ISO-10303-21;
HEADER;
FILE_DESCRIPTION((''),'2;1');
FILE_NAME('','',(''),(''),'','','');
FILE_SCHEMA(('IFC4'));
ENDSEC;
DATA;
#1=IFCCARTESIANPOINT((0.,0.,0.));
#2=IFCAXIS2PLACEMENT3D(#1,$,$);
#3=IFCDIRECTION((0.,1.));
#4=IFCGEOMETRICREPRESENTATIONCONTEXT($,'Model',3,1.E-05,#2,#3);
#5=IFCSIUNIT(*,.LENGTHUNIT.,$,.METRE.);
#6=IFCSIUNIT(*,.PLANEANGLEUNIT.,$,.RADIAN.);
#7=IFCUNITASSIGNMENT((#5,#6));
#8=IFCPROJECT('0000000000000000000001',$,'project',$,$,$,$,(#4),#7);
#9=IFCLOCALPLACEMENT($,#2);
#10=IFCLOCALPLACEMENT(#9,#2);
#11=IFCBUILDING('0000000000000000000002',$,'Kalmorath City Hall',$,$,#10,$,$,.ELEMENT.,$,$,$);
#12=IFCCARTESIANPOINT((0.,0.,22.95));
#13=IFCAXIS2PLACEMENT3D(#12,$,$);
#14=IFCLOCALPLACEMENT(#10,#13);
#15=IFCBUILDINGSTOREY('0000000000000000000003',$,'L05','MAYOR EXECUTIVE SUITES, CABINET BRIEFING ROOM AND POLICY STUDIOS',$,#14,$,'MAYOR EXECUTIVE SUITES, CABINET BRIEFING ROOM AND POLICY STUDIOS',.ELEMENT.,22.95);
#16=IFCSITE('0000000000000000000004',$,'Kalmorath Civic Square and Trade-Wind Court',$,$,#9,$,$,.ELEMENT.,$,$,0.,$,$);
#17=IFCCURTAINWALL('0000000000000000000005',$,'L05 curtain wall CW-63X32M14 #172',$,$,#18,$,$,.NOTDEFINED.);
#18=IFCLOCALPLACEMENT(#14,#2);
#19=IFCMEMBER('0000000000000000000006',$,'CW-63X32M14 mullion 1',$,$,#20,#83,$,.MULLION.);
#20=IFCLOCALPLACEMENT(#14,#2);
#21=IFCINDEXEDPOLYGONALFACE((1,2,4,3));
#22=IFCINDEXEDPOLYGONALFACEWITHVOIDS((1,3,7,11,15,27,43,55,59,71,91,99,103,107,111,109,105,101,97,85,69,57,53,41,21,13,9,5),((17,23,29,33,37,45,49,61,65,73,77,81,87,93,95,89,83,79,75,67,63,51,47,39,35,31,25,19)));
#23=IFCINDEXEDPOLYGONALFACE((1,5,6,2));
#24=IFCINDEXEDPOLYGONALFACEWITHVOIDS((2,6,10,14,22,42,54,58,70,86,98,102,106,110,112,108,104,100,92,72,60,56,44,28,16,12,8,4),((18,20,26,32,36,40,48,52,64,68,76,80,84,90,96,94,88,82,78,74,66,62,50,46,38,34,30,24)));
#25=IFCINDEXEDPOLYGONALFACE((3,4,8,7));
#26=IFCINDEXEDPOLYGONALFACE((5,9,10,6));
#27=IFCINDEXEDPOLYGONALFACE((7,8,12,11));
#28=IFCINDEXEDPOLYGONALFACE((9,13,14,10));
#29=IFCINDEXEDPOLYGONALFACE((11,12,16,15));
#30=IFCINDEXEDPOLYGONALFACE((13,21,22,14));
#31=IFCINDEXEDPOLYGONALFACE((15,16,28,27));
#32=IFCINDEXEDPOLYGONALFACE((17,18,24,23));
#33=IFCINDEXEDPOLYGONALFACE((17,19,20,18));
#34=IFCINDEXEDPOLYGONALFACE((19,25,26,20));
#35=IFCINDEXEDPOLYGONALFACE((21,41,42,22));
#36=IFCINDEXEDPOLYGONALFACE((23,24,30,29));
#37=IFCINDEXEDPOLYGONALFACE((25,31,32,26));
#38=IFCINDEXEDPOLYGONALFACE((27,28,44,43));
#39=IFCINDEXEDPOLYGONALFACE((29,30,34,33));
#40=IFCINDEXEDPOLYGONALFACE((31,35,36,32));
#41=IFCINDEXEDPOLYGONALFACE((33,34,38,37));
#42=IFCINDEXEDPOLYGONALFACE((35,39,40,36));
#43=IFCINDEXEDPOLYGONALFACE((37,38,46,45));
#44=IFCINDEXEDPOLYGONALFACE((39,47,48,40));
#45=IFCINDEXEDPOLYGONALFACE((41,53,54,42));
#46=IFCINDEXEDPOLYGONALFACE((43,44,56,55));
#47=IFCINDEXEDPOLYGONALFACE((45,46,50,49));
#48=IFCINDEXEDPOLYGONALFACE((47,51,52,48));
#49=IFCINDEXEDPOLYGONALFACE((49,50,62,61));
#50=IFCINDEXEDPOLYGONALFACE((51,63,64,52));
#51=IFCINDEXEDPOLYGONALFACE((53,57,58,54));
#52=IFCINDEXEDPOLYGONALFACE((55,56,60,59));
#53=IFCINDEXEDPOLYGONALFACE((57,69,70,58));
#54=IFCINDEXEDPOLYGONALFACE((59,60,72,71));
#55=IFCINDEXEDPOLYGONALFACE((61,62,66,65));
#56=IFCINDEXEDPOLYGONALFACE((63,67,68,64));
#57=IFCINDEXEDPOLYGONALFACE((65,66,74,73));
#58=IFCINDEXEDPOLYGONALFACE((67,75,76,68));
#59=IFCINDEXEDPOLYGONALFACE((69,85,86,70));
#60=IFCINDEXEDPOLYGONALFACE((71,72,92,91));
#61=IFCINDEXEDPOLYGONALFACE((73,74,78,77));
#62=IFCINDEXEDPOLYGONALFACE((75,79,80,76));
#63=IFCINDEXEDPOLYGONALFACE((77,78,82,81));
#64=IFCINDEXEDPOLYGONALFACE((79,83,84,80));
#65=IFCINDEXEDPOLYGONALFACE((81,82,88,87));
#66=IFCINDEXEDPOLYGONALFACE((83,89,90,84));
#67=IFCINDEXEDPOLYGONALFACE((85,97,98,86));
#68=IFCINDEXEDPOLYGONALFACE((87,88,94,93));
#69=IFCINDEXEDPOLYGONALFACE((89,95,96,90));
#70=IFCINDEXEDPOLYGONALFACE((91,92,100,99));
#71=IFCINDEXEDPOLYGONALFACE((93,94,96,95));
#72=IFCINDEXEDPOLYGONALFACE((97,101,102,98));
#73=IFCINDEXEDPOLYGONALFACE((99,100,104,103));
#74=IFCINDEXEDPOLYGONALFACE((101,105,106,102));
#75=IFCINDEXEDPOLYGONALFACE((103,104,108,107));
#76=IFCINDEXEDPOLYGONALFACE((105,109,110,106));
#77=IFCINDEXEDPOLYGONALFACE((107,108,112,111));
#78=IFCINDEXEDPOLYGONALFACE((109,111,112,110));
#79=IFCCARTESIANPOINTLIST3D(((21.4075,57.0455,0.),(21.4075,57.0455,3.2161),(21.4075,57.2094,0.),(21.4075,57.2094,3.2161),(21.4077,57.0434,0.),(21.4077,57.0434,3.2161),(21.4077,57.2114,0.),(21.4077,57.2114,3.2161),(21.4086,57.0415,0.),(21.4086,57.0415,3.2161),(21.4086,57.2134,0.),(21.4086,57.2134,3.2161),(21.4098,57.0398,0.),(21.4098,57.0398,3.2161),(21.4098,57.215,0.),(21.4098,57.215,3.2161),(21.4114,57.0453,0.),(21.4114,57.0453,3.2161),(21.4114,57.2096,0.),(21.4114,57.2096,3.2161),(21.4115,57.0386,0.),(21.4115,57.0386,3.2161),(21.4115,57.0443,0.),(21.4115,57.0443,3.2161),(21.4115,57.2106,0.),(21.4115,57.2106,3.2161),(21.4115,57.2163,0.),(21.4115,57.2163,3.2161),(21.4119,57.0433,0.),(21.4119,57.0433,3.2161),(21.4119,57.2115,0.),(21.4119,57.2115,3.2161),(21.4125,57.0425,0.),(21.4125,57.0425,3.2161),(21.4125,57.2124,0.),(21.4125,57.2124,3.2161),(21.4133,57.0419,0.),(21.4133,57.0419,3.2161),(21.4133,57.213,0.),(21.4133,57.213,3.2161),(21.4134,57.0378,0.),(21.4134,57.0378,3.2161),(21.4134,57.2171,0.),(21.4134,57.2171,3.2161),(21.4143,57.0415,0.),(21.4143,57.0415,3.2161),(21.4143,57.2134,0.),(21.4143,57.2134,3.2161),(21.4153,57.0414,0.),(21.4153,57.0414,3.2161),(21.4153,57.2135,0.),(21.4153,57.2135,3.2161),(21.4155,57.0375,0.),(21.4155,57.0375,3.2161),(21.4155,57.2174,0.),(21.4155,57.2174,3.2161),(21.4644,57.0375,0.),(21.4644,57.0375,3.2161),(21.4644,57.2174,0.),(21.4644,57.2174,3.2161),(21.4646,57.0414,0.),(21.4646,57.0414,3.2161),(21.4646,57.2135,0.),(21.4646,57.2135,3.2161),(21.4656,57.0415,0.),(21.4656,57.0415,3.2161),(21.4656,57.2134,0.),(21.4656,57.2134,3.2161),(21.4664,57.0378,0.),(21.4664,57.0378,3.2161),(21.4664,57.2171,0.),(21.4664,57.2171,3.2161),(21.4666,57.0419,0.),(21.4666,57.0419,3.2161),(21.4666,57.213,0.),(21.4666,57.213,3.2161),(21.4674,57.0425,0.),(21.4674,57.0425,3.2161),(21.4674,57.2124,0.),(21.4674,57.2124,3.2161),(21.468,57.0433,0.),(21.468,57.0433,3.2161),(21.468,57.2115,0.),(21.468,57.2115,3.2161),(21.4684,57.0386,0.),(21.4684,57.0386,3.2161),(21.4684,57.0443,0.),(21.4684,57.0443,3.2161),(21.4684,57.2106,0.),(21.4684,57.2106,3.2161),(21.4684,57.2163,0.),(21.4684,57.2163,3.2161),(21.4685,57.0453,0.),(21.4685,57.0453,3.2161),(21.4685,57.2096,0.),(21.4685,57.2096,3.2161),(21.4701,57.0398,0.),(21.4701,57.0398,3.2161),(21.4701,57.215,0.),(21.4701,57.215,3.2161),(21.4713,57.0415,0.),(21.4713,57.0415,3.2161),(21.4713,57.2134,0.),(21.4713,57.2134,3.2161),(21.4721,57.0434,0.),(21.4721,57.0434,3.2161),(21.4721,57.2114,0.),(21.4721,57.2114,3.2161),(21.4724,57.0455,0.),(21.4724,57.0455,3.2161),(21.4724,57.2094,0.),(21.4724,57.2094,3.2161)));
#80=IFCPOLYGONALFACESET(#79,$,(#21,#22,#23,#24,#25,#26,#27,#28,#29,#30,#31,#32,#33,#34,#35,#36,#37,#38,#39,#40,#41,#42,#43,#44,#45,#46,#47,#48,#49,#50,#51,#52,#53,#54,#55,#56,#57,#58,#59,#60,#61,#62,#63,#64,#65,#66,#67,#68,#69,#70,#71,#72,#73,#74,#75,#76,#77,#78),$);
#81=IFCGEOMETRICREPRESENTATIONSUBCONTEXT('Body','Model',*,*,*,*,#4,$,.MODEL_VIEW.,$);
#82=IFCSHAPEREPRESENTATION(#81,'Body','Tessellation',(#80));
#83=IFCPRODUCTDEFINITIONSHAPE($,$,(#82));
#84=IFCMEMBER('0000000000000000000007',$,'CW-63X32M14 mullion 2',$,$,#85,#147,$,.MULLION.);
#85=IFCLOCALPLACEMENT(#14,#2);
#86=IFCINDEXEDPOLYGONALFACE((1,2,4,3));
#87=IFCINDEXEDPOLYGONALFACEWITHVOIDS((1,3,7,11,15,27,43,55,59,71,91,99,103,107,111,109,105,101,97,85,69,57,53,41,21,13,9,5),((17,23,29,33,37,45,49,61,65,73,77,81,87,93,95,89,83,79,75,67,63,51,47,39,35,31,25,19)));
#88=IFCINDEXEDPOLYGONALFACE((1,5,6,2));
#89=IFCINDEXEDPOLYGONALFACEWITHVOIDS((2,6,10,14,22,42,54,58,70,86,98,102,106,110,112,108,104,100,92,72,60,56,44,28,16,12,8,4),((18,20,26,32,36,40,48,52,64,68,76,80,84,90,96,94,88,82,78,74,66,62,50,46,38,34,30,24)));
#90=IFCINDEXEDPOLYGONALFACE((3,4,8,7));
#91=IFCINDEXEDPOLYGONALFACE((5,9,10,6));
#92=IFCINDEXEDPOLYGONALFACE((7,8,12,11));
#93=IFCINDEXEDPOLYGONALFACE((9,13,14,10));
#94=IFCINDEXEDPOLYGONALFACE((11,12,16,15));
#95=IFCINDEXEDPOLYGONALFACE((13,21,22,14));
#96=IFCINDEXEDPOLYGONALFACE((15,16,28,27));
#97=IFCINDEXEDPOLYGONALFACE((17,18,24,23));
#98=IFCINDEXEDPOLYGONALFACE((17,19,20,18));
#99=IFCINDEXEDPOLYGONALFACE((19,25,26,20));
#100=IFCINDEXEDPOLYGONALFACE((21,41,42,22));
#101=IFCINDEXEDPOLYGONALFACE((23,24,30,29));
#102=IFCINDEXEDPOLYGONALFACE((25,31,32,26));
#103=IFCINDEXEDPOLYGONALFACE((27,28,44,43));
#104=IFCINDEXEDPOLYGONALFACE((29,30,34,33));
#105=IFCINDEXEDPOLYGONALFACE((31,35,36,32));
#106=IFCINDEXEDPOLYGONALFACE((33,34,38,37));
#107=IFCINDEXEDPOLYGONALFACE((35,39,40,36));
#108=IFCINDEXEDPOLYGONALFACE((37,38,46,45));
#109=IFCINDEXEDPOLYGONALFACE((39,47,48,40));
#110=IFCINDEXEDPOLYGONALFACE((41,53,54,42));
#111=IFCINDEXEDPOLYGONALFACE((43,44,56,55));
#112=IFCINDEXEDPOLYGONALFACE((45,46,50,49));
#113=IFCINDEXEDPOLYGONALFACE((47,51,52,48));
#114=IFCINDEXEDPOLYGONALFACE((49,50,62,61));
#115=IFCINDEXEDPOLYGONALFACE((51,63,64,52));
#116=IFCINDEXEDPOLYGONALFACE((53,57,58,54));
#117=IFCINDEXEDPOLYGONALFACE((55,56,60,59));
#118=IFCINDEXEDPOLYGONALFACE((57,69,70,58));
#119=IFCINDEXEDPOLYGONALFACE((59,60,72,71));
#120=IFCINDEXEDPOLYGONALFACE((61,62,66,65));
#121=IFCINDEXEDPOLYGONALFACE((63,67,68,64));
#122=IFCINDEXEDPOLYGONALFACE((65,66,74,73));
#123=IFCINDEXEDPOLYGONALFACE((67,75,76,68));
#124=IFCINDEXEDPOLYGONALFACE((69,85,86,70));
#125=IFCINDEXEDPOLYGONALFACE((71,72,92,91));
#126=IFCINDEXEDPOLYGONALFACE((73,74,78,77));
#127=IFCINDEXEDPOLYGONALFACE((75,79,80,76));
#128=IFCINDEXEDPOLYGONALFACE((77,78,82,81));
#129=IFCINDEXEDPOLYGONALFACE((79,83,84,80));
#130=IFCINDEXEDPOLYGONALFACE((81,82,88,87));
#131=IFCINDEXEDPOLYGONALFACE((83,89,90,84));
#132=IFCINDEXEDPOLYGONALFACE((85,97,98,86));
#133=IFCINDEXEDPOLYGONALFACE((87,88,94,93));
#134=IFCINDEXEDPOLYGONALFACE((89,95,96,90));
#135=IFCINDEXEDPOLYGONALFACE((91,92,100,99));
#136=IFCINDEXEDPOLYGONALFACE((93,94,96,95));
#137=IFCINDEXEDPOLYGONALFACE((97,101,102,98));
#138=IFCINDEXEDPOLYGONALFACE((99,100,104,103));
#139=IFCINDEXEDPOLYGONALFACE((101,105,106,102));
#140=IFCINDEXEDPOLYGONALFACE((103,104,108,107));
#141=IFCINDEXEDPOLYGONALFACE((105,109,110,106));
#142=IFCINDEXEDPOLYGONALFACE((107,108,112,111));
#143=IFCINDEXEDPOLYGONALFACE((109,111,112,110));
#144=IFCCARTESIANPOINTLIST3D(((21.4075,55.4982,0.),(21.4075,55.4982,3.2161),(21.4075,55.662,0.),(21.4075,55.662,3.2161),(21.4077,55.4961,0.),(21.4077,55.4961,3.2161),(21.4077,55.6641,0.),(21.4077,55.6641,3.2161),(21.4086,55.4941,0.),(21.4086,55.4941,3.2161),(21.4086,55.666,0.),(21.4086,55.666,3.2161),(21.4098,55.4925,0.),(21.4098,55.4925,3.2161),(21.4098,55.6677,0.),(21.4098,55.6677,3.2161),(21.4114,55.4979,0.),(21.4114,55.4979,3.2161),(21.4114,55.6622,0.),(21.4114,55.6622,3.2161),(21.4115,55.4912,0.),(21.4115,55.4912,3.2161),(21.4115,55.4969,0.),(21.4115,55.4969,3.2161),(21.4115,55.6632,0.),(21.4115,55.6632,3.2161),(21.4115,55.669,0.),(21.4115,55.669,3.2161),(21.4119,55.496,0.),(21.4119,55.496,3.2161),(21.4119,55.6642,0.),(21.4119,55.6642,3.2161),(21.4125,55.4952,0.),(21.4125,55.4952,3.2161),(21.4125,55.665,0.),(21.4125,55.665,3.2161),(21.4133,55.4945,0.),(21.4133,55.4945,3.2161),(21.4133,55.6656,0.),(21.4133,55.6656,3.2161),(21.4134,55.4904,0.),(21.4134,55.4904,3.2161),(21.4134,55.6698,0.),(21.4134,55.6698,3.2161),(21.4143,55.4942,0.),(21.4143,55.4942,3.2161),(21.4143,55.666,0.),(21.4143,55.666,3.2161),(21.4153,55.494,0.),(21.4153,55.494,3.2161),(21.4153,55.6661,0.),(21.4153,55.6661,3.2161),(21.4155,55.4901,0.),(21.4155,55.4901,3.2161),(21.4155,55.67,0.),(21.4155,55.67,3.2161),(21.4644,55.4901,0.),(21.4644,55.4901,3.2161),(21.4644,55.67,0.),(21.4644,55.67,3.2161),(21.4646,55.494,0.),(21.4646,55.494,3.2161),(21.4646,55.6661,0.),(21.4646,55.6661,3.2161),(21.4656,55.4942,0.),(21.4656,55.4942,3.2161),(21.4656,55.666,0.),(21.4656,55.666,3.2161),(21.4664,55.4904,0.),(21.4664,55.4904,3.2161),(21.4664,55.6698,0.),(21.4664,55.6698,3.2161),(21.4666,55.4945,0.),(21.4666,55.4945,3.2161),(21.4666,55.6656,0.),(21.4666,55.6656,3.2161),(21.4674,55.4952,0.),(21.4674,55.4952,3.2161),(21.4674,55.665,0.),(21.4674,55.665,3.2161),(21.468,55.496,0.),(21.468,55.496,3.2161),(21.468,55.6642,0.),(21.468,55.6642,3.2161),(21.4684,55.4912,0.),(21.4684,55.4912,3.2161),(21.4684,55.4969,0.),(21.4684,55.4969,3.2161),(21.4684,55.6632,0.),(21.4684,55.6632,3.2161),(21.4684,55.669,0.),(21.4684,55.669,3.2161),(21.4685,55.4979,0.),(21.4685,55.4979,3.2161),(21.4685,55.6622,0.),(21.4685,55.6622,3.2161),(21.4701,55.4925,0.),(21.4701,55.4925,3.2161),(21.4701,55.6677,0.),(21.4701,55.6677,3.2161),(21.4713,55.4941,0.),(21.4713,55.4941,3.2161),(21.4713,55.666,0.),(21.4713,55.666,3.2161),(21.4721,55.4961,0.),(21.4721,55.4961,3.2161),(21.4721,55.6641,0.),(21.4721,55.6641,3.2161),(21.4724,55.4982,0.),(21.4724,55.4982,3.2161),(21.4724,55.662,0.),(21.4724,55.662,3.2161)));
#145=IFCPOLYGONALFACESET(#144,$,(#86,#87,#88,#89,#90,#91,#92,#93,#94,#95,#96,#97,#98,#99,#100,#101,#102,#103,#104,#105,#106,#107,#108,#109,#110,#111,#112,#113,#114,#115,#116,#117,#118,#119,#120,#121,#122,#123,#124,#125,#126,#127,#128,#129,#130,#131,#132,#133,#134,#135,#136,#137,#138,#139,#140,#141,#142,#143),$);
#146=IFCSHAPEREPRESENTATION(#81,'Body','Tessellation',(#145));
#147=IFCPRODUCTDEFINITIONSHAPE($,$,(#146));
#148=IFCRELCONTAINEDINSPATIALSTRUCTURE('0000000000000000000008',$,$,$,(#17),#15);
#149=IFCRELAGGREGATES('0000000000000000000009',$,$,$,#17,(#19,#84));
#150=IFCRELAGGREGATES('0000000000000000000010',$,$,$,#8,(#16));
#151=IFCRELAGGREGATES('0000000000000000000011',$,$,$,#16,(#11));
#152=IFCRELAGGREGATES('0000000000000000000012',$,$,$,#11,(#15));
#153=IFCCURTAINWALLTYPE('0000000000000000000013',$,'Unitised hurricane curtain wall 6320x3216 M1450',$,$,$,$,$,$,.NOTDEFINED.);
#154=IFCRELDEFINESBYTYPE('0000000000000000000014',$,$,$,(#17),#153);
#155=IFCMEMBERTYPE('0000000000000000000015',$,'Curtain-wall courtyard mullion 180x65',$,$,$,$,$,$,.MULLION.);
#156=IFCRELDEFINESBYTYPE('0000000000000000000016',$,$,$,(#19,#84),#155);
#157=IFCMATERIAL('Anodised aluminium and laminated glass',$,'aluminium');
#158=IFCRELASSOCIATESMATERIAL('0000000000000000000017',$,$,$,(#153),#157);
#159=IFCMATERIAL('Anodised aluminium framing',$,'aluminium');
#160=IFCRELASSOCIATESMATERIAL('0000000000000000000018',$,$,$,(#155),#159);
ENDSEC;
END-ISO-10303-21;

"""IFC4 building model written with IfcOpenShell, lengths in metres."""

from ifc_helpers import new_model, si_unit, direction, frame, origin, origin_2d, place, context, subcontext, project, spatial, hollow_rectangle, extrude, material, material_profile, profile_set, type_object, element, aggregate, save


model = new_model("IFC4")

# Units and contexts
model_context = context("Model", 3, precision=1e-05, world=origin(), true_north=direction((0.0, 1.0)))
body_context = subcontext(model_context, "Body", "Model", "MODEL_VIEW")
ifc_project = project(units=[si_unit("LENGTHUNIT", "METRE"), si_unit("PLANEANGLEUNIT", "RADIAN")], contexts=[model_context])

# Site, building, storey
site_placement = place(None, origin())
site = spatial("IfcSite", under=ifc_project, at=site_placement, Name="Kalmorath Civic Square and Trade-Wind Court", CompositionType="ELEMENT", RefElevation=0.0)
building_placement = place(site_placement, origin())
building = spatial("IfcBuilding", under=site, at=building_placement, Name="Kalmorath City Hall", CompositionType="ELEMENT")
storey_placement = place(building_placement, frame((0.0, 0.0, 22.95)))
storey = spatial("IfcBuildingStorey", under=building, at=storey_placement, Name="L05", Description="MAYOR EXECUTIVE SUITES, CABINET BRIEFING ROOM AND POLICY STUDIOS", LongName="MAYOR EXECUTIVE SUITES, CABINET BRIEFING ROOM AND POLICY STUDIOS", CompositionType="ELEMENT", Elevation=22.95)

# Curtain wall, members
ifc_material_1 = material(Name="Anodised aluminium and laminated glass", Category="aluminium")
curtain_wall_type = type_object("IfcCurtainWallType", Name="Unitised hurricane curtain wall 6320x3216 M1450", PredefinedType="NOTDEFINED", material=ifc_material_1)
curtain_wall_placement = place(storey_placement, origin())
curtain_wall = element("IfcCurtainWall", 1, at=curtain_wall_placement, inside=storey, type_object=curtain_wall_type, Name="L05 curtain wall CW-63X32M14 #172", PredefinedType="NOTDEFINED")
ifc_material_2 = material(Name="Anodised aluminium framing", Category="aluminium")
ifc_material_profile_1 = material_profile(ifc_material_2, hollow_rectangle(XDim=0.0649, YDim=0.1799, WallThickness=0.0039, InnerFilletRadius=0.0039, OuterFilletRadius=0.0081, at=origin_2d()), Name="ALU-MUL-180X65X4")
ifc_profile_set_1 = profile_set([ifc_material_profile_1], Name="Anodised aluminium framing")
member_type_1 = type_object("IfcMemberType", Name="Curtain-wall courtyard mullion 180x65", PredefinedType="MULLION", material=ifc_profile_set_1)
member_1_placement = place(storey_placement, frame((21.4399, 57.1274, 0.0), z_axis=(0.0, 0.0, 1.0), x_axis=(1.0, 0.0, 0.0)))
member_1 = element("IfcMember", 2, at=member_1_placement, type_object=member_type_1, Name="CW-63X32M14 mullion 1", PredefinedType="MULLION", context=body_context, shape_type="SweptSolid", body=[
    extrude(hollow_rectangle(XDim=0.0649, YDim=0.1799, WallThickness=0.0039, InnerFilletRadius=0.0039, OuterFilletRadius=0.0081, at=origin_2d()), origin(), (0.0, 0.0, 1.0), 3.2161),
])
member_2_placement = place(storey_placement, frame((21.4399, 55.5801, 0.0), z_axis=(0.0, 0.0, 1.0), x_axis=(1.0, 0.0, 0.0)))
member_2 = element("IfcMember", 3, at=member_2_placement, type_object=member_type_1, Name="CW-63X32M14 mullion 2", PredefinedType="MULLION", context=body_context, shape_type="SweptSolid", body=[
    extrude(hollow_rectangle(XDim=0.0649, YDim=0.1799, WallThickness=0.0039, InnerFilletRadius=0.0039, OuterFilletRadius=0.0081, at=origin_2d()), origin(), (0.0, 0.0, 1.0), 3.2161),
])

aggregate(curtain_wall, [member_1, member_2])

save(model, "model.ifc")
